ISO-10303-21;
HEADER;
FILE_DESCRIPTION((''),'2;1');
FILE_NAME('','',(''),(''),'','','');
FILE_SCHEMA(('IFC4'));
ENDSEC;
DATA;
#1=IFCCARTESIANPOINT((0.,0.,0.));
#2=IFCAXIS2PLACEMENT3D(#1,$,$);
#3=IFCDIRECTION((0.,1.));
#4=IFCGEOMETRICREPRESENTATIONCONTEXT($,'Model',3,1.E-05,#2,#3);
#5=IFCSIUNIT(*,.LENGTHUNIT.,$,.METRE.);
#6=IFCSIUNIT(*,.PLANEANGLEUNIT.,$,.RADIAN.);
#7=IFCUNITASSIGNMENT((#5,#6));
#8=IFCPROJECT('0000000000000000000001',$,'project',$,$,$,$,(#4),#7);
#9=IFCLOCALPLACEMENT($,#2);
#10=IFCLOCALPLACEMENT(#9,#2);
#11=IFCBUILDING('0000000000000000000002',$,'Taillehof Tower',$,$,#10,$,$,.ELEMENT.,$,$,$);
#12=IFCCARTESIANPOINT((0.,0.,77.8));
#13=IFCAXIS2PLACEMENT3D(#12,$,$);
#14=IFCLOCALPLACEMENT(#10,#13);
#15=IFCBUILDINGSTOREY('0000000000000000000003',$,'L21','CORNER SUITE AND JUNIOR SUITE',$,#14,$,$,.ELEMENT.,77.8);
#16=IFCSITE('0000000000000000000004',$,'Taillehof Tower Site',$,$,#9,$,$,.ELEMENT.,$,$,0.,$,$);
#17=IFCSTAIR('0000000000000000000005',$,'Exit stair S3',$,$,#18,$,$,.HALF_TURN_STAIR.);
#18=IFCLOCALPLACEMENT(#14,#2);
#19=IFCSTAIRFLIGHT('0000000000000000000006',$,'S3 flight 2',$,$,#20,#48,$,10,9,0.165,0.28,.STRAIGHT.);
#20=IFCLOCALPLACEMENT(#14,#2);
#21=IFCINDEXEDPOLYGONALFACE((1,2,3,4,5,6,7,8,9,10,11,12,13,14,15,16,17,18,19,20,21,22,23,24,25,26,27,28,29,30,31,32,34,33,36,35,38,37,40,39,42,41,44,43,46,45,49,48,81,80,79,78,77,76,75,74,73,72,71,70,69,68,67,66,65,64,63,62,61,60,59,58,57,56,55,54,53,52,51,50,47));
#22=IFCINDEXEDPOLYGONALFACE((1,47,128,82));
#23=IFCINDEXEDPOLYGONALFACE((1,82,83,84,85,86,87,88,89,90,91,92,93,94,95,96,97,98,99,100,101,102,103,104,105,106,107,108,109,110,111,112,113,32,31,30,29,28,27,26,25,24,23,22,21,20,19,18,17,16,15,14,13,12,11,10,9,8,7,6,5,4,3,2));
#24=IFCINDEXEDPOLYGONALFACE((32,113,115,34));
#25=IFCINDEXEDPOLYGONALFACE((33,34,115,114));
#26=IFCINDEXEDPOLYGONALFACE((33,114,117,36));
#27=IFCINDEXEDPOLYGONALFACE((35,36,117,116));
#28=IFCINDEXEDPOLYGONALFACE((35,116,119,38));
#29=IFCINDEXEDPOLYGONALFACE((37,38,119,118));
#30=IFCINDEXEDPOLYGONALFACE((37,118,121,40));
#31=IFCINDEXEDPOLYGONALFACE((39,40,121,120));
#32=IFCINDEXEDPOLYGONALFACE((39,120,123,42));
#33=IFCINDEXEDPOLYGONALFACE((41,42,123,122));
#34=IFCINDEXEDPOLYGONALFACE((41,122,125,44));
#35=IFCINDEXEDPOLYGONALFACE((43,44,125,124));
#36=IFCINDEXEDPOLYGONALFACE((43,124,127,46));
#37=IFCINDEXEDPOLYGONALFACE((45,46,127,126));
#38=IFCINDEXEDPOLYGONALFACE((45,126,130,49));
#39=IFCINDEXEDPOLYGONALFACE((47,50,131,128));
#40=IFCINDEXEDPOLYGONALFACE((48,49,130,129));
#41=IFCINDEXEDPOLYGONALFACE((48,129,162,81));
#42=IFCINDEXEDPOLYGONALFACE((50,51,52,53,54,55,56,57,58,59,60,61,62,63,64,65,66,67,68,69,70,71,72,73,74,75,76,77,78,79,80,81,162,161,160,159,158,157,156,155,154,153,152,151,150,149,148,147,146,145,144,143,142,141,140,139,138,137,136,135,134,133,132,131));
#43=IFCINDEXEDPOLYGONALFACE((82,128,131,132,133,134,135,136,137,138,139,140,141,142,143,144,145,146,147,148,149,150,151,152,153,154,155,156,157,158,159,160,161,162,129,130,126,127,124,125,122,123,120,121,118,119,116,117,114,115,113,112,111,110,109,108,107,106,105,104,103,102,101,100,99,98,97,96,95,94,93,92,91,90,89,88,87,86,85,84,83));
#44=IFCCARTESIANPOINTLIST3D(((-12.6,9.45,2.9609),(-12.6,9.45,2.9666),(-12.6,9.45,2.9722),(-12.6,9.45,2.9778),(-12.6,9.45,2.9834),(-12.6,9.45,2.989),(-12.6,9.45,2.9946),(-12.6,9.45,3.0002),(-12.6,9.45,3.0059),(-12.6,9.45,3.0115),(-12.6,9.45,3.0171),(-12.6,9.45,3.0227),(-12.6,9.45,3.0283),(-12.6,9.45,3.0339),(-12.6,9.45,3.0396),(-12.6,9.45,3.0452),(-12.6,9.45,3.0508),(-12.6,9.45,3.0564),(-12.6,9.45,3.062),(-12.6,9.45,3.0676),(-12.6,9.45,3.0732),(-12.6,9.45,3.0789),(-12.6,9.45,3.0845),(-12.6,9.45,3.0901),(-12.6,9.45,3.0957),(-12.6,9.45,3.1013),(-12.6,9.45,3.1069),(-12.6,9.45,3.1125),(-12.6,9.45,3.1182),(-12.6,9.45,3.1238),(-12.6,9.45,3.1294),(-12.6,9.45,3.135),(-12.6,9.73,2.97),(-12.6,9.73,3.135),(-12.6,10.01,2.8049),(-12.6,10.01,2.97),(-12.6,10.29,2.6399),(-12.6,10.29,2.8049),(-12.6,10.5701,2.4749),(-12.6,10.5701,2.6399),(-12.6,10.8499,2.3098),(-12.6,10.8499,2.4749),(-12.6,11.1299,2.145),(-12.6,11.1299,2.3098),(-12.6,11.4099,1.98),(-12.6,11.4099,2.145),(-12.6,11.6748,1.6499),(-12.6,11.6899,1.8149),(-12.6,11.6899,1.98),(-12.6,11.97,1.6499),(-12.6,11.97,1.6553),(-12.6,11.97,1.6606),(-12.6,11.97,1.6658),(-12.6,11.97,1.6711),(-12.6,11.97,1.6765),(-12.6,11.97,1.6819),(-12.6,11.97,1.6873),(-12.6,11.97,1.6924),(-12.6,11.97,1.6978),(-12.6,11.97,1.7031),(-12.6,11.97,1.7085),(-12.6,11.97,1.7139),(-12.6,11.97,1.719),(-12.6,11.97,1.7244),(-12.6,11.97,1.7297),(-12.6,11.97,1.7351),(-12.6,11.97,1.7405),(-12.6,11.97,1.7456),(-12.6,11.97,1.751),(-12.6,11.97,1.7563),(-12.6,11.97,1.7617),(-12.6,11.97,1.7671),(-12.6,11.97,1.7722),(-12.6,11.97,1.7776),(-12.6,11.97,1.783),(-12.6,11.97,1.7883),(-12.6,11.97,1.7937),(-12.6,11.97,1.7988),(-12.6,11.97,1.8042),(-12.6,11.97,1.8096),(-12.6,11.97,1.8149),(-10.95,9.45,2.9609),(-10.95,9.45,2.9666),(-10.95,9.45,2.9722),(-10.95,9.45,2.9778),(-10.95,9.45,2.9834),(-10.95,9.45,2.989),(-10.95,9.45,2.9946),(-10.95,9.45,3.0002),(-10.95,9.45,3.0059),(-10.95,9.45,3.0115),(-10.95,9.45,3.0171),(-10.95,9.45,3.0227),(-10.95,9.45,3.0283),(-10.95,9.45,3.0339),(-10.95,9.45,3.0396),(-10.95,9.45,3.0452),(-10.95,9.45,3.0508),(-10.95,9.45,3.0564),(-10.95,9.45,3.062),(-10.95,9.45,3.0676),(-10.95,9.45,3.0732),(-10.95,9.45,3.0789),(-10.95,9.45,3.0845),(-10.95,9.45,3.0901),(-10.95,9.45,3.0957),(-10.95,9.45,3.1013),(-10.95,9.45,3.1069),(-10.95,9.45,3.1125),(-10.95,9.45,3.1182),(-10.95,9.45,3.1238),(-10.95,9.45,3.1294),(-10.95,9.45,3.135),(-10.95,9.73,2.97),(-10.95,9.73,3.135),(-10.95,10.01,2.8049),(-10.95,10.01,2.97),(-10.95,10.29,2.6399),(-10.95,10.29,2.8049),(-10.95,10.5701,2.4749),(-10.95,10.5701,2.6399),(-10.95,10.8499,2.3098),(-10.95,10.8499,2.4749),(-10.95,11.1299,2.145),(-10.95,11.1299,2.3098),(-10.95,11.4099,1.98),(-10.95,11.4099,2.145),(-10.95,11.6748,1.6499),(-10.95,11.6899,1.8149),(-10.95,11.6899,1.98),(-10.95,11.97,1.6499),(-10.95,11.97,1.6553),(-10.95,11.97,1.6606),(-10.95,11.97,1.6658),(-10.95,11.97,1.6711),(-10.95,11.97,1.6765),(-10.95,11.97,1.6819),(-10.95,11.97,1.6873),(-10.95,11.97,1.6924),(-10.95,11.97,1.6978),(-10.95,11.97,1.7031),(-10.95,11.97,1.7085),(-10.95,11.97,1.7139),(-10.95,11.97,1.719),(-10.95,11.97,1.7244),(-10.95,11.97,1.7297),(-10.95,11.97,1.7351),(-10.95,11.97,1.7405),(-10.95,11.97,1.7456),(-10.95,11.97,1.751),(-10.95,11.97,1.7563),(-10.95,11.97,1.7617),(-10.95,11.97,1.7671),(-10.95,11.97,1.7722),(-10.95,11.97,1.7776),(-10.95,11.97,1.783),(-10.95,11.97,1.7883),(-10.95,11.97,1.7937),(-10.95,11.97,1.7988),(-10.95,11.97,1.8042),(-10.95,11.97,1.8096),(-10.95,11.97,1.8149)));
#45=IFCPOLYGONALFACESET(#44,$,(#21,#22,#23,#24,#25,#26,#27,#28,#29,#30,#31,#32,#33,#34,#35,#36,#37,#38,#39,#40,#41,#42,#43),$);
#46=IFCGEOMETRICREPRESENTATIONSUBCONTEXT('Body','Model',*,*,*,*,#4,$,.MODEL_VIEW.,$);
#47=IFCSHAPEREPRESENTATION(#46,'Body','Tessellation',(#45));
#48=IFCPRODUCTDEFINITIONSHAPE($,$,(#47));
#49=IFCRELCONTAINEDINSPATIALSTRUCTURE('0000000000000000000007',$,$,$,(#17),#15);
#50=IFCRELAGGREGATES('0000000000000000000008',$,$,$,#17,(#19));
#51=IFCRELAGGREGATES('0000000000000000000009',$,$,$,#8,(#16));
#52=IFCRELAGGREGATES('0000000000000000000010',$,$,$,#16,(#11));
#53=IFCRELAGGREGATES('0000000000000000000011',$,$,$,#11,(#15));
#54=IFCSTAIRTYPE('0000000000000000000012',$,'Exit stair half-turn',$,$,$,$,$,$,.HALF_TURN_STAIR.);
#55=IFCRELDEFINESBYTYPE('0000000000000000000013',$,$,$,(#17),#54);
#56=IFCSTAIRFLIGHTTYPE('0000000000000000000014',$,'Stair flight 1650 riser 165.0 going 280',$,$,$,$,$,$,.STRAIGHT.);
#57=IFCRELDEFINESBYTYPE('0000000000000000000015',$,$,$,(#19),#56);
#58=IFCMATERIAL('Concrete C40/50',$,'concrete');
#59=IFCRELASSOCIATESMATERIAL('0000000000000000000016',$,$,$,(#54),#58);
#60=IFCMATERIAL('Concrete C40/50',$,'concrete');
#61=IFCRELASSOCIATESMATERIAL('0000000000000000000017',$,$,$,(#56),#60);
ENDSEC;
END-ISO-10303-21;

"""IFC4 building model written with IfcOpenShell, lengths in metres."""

from ifc_helpers import new_model, si_unit, direction, frame, origin, place, context, subcontext, project, spatial, polyline, outline, extrude, material, type_object, element, aggregate, save


model = new_model("IFC4")

# Units and contexts
model_context = context("Model", 3, precision=1e-05, world=origin(), true_north=direction((0.0, 1.0)))
body_context = subcontext(model_context, "Body", "Model", "MODEL_VIEW")
ifc_project = project(units=[si_unit("LENGTHUNIT", "METRE"), si_unit("PLANEANGLEUNIT", "RADIAN")], contexts=[model_context])

# Site, building, storey
site_placement = place(None, origin())
site = spatial("IfcSite", under=ifc_project, at=site_placement, Name="Taillehof Tower Site", CompositionType="ELEMENT", RefElevation=0.0)
building_placement = place(site_placement, origin())
building = spatial("IfcBuilding", under=site, at=building_placement, Name="Taillehof Tower", CompositionType="ELEMENT")
storey_placement = place(building_placement, frame((0.0, 0.0, 77.8)))
storey = spatial("IfcBuildingStorey", under=building, at=storey_placement, Name="L21", Description="CORNER SUITE AND JUNIOR SUITE", CompositionType="ELEMENT", Elevation=77.8)

# Stair, stair flight
ifc_material_1 = material(Name="Concrete C40/50", Category="concrete")
stair_type = type_object("IfcStairType", Name="Exit stair half-turn", PredefinedType="HALF_TURN_STAIR", material=ifc_material_1)
stair_placement = place(storey_placement, origin())
stair = element("IfcStair", 1, at=stair_placement, inside=storey, type_object=stair_type, Name="Exit stair S3", PredefinedType="HALF_TURN_STAIR")
ifc_material_2 = material(Name="Concrete C40/50", Category="concrete")
stair_flight_type = type_object("IfcStairFlightType", Name="Stair flight 1650 riser 165.0 going 280", PredefinedType="STRAIGHT", material=ifc_material_2)
stair_flight_1_placement = place(storey_placement, frame((-11.7749, 11.97, 1.6499), z_axis=(0.0, 0.0, 1.0), x_axis=(0.0, -1.0, 0.0)))
stair_flight_1 = element("IfcStairFlight", 2, at=stair_flight_1_placement, type_object=stair_flight_type, Name="S3 flight 2", NumberOfRisers=10, NumberOfTreads=9, PredefinedType="STRAIGHT", RiserHeight=0.165, TreadLength=0.28, context=body_context, shape_type="SweptSolid", body=[
    extrude(outline(polyline([(0.0, 0.0), (0.0, 0.0054), (0.0, 0.0107), (0.0, 0.0159), (0.0, 0.0212), (0.0, 0.0266), (0.0, 0.032), (0.0, 0.0374), (0.0, 0.0425), (0.0, 0.0479), (0.0, 0.0532), (0.0, 0.0586), (0.0, 0.064), (0.0, 0.0691), (0.0, 0.0745), (0.0, 0.0798), (0.0, 0.0852), (0.0, 0.0906), (0.0, 0.0957), (0.0, 0.1011), (0.0, 0.1064), (0.0, 0.1118), (0.0, 0.1172), (0.0, 0.1223), (0.0, 0.1277), (0.0, 0.1331), (0.0, 0.1384), (0.0, 0.1438), (0.0, 0.1489), (0.0, 0.1543), (0.0, 0.1597), (0.0, 0.165), (0.28, 0.165), (0.28, 0.3301), (0.5601, 0.3301), (0.5601, 0.4951), (0.8401, 0.4951), (0.8401, 0.6599), (1.1201, 0.6599), (1.1201, 0.825), (1.3999, 0.825), (1.3999, 0.99), (1.6799, 0.99), (1.6799, 1.155), (1.96, 1.155), (1.96, 1.3201), (2.24, 1.3201), (2.24, 1.4851), (2.52, 1.4851), (2.52, 1.4795), (2.52, 1.4739), (2.52, 1.4683), (2.52, 1.4626), (2.52, 1.457), (2.52, 1.4514), (2.52, 1.4458), (2.52, 1.4402), (2.52, 1.4346), (2.52, 1.429), (2.52, 1.4233), (2.52, 1.4177), (2.52, 1.4121), (2.52, 1.4065), (2.52, 1.4009), (2.52, 1.3953), (2.52, 1.3896), (2.52, 1.384), (2.52, 1.3784), (2.52, 1.3728), (2.52, 1.3672), (2.52, 1.3616), (2.52, 1.356), (2.52, 1.3503), (2.52, 1.3447), (2.52, 1.3391), (2.52, 1.3335), (2.52, 1.3279), (2.52, 1.3223), (2.52, 1.3167), (2.52, 1.311), (0.2952, 0.0), (0.0, 0.0)])), frame((0.0, 0.825, 0.0), z_axis=(0.0, -1.0, 0.0), x_axis=(1.0, 0.0, 0.0)), (0.0, 0.0, 1.0), 1.65),
])
aggregate(stair, [stair_flight_1])

save(model, "model.ifc")
